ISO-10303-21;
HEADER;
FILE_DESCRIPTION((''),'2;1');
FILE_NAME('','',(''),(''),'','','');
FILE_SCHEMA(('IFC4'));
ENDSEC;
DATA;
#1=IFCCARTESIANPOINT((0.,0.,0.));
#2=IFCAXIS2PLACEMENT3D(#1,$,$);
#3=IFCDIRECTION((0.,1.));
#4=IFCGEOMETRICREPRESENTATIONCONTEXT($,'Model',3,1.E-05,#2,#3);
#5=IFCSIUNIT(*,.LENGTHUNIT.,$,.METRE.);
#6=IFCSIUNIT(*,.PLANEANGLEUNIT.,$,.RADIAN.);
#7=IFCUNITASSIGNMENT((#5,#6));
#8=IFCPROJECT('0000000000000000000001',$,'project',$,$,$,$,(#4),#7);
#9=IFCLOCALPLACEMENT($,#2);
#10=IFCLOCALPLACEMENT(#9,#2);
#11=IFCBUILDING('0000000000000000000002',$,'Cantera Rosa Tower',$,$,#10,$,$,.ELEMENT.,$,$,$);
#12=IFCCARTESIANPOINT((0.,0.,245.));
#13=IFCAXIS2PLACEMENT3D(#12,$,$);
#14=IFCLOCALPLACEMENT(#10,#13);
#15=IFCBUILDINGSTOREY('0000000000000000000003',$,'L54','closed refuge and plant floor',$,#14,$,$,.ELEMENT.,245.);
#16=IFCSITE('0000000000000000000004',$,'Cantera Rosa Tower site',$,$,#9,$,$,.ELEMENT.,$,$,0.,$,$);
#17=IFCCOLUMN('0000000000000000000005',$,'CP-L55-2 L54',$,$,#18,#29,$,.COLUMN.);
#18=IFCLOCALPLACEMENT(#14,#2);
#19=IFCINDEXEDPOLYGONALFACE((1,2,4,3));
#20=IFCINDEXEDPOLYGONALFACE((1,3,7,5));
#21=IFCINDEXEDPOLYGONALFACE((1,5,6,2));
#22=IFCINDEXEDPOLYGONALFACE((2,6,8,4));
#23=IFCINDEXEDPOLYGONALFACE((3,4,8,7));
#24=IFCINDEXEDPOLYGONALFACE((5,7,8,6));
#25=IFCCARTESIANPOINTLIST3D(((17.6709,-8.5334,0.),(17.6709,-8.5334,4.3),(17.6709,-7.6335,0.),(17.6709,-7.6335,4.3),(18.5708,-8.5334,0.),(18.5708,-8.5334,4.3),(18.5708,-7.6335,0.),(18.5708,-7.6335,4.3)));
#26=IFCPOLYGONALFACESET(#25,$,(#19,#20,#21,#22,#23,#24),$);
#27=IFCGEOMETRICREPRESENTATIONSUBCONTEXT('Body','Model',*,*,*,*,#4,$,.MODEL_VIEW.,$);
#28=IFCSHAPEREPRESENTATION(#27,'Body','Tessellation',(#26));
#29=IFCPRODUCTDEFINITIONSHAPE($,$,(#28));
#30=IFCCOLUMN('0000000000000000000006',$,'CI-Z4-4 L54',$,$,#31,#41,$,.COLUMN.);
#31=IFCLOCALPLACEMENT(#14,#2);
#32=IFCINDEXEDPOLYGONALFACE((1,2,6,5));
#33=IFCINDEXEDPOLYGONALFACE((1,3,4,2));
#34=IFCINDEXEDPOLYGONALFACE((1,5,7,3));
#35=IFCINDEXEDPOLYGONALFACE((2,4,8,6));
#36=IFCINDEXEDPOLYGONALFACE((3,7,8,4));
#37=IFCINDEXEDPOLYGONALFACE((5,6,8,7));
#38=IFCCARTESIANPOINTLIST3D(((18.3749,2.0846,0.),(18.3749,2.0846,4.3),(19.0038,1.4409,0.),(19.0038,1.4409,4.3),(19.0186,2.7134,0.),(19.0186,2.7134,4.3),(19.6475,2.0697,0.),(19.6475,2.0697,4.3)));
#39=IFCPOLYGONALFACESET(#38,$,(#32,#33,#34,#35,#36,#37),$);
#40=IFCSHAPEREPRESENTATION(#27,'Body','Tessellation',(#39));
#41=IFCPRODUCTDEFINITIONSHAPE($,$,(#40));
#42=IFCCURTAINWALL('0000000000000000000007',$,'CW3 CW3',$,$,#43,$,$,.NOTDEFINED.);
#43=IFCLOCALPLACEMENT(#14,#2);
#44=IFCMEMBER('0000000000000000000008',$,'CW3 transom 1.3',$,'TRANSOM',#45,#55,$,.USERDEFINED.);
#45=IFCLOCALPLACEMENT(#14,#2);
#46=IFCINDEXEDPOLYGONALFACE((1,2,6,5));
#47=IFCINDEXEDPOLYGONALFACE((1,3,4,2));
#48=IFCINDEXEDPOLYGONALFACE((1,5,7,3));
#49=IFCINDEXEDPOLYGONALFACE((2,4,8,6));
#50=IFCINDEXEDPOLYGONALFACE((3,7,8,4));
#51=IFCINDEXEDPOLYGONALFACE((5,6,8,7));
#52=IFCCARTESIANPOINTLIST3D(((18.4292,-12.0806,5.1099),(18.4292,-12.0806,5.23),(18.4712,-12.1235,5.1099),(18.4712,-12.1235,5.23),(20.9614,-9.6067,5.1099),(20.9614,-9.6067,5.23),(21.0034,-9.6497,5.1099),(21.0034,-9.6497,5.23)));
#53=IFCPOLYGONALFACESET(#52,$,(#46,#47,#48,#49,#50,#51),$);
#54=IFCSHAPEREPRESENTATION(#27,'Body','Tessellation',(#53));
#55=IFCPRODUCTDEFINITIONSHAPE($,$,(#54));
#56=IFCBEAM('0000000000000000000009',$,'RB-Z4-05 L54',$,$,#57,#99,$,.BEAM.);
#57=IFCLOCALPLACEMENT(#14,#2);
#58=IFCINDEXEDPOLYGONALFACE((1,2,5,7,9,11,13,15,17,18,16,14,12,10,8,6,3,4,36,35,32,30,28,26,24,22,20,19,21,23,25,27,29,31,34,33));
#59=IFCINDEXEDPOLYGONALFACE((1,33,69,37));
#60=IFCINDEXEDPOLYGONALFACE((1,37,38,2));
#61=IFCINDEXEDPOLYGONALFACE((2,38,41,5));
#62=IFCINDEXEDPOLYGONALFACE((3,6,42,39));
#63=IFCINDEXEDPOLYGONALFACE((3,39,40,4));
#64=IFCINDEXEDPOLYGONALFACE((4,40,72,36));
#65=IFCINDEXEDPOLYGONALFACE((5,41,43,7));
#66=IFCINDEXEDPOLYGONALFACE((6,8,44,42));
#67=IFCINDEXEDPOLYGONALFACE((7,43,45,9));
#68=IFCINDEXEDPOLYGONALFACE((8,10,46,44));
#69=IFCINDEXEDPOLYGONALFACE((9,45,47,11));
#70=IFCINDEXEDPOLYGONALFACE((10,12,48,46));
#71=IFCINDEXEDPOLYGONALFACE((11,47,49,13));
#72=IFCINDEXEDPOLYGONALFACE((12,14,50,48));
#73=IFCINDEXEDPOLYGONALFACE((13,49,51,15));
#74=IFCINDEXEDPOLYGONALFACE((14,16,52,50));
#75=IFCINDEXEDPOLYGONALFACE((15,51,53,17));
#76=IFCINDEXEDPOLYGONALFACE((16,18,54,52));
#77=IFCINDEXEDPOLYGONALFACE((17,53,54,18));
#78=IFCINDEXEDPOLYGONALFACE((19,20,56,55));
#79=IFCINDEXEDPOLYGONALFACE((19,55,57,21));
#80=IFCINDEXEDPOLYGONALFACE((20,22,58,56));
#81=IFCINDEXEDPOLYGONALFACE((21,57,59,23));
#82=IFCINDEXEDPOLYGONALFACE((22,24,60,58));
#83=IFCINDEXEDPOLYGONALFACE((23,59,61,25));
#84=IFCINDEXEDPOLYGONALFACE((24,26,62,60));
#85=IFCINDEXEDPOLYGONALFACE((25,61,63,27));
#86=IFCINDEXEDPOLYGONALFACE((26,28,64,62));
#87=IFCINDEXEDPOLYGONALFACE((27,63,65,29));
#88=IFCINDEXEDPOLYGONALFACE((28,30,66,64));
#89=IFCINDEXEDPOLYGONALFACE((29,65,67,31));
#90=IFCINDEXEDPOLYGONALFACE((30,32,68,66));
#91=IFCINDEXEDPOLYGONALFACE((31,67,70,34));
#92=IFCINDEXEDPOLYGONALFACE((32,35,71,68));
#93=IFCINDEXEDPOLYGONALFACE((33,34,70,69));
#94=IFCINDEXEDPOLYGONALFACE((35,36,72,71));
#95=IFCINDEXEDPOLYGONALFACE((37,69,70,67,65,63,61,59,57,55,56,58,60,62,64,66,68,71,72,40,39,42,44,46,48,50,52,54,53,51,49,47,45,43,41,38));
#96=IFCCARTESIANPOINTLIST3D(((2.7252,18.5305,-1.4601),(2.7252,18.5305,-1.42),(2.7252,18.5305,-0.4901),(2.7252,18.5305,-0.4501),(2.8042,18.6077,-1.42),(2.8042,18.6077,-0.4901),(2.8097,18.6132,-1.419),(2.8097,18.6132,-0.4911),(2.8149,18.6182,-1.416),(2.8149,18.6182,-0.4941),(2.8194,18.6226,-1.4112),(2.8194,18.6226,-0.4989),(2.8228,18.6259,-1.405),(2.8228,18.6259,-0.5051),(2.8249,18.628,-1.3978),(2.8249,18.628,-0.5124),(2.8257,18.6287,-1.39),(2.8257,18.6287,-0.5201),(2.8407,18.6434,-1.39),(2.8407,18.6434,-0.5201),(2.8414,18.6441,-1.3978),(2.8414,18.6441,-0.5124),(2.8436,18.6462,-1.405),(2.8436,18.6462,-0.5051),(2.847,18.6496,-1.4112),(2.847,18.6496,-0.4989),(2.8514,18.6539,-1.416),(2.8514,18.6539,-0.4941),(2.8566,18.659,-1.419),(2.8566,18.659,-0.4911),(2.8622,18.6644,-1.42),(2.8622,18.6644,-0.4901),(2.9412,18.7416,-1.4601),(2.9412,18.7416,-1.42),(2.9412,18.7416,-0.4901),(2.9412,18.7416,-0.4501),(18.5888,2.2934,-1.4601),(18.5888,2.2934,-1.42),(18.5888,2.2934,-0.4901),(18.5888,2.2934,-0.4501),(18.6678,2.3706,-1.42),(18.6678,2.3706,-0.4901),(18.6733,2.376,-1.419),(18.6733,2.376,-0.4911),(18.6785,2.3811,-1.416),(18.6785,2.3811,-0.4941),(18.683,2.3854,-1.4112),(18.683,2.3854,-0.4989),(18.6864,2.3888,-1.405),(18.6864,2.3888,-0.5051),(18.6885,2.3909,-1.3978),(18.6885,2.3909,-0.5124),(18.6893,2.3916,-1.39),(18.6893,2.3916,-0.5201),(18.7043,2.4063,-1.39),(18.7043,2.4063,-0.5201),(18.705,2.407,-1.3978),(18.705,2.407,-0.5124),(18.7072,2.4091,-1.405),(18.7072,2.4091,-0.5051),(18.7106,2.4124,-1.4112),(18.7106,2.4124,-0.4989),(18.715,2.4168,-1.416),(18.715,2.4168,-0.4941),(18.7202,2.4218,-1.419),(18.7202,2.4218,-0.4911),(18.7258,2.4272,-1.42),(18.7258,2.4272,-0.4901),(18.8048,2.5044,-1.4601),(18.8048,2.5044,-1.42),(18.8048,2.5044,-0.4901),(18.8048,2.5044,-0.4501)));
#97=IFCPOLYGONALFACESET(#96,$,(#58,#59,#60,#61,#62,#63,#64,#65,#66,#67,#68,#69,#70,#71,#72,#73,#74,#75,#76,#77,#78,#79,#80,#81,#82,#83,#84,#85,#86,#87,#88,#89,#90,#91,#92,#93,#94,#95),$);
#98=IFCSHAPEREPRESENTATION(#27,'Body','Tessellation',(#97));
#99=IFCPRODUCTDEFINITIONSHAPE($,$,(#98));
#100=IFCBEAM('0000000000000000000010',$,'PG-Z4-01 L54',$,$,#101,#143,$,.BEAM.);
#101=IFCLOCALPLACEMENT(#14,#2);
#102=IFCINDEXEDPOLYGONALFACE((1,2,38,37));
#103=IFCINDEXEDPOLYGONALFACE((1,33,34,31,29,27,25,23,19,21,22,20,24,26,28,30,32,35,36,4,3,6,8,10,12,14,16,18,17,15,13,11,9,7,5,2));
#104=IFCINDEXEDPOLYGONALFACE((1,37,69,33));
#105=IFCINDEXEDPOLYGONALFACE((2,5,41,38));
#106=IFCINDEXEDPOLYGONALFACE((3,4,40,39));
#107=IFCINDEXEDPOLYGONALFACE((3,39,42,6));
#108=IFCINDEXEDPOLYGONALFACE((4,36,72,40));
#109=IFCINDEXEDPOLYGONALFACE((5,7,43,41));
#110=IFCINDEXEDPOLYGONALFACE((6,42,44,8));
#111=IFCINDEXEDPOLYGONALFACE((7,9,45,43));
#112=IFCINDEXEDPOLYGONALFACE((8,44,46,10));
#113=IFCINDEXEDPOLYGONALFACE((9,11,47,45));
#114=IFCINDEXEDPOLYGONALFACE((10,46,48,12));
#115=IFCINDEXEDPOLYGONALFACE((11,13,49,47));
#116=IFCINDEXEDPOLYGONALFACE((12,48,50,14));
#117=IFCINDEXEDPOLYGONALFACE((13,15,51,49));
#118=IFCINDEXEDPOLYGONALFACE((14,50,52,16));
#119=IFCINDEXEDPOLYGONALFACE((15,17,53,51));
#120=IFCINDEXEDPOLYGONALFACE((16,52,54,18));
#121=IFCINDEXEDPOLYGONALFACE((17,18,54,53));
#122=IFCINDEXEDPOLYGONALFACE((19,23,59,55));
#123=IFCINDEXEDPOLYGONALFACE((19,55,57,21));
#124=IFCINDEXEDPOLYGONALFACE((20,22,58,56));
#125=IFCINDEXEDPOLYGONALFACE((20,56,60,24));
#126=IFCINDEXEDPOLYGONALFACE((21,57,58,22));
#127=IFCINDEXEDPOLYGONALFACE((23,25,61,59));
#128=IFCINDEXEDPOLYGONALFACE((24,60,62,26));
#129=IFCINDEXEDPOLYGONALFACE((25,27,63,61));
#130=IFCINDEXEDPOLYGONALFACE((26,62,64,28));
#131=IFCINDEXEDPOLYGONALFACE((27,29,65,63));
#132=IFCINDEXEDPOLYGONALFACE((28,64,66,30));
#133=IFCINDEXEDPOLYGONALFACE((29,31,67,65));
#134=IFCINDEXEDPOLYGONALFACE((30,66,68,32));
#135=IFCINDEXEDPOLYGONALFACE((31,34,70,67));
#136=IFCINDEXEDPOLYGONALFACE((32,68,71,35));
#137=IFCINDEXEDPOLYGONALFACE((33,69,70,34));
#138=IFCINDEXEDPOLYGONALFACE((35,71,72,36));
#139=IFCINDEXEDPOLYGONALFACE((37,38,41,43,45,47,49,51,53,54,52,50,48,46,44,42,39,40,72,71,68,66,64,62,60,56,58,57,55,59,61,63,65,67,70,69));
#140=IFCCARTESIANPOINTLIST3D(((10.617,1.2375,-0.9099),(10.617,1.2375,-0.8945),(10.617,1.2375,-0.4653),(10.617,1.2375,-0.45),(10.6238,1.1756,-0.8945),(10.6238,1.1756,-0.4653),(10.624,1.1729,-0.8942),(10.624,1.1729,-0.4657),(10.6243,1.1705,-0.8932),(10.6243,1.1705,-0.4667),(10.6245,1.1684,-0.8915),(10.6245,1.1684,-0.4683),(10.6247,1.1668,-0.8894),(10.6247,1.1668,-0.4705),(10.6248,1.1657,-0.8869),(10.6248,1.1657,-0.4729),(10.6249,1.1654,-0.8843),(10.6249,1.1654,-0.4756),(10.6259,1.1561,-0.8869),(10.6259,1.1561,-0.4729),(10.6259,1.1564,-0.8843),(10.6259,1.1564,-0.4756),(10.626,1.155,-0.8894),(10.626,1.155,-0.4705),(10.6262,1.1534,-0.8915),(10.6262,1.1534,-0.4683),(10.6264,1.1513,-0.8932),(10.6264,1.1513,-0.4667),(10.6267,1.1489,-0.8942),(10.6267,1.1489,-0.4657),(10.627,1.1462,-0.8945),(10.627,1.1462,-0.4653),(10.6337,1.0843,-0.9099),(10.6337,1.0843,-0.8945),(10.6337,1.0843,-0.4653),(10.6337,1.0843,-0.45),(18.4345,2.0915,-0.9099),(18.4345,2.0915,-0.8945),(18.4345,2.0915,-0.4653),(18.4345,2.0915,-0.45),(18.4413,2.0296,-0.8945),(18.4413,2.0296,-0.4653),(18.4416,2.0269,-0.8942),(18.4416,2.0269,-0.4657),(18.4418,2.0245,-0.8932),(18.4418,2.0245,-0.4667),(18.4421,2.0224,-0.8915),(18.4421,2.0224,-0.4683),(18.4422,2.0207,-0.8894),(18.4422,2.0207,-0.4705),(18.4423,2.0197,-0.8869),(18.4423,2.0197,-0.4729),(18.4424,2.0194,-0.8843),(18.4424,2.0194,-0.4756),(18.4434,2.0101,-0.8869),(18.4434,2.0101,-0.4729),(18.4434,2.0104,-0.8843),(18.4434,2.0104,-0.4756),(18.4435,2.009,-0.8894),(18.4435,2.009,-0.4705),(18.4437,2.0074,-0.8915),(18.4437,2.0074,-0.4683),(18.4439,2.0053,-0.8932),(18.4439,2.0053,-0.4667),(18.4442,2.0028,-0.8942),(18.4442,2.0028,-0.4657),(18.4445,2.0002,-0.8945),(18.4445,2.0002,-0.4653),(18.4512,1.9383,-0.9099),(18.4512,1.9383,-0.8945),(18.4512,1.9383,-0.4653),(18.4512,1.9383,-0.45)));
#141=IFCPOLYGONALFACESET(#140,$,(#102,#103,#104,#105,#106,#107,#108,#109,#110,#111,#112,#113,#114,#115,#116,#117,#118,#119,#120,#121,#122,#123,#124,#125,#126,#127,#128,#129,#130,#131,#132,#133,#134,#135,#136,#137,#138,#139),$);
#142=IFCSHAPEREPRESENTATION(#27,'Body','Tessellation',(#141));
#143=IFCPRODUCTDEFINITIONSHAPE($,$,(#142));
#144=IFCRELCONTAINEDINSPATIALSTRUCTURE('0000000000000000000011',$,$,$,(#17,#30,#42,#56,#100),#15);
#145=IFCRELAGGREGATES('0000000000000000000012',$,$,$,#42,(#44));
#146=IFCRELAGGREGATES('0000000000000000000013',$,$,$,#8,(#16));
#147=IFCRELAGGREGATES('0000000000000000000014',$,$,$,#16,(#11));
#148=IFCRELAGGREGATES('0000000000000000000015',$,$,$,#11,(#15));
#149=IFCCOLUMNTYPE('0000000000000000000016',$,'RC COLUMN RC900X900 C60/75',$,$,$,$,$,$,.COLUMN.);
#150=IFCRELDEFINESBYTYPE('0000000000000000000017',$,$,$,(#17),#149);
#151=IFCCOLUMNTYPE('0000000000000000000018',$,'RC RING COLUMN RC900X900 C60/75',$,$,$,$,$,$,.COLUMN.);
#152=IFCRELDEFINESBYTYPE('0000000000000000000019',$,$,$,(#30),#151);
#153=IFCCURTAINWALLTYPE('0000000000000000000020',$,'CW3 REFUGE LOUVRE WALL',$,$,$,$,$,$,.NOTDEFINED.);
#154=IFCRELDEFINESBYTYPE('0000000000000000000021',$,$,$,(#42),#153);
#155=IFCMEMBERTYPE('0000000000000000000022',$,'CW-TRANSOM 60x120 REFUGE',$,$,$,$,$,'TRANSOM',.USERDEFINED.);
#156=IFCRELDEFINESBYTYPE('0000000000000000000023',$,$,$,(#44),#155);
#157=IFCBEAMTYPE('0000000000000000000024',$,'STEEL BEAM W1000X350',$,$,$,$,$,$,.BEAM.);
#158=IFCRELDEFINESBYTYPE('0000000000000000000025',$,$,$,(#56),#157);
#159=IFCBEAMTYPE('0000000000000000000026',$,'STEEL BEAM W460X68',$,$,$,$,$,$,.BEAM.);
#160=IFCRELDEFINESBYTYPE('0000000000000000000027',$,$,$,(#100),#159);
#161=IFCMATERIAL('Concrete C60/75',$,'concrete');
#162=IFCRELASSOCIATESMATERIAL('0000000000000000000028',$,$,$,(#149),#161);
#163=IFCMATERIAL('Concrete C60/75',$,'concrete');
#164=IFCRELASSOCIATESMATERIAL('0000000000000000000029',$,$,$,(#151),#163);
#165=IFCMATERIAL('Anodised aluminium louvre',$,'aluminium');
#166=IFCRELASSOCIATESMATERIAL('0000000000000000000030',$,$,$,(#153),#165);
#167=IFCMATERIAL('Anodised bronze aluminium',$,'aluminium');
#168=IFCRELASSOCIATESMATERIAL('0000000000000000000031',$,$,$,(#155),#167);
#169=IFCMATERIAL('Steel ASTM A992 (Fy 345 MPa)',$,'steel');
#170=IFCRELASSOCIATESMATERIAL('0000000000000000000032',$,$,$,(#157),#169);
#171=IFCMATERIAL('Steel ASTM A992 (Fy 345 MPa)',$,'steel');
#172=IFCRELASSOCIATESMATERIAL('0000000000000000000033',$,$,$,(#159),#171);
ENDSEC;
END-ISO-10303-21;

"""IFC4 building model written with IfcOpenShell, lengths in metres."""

from ifc_helpers import new_model, si_unit, direction, frame, origin, origin_2d, place, context, subcontext, project, spatial, rectangle, i_section, extrude, material, material_profile, profile_set, type_object, element, aggregate, save


model = new_model("IFC4")

# Units and contexts
model_context = context("Model", 3, precision=1e-05, world=origin(), true_north=direction((0.0, 1.0)))
body_context = subcontext(model_context, "Body", "Model", "MODEL_VIEW")
ifc_project = project(units=[si_unit("LENGTHUNIT", "METRE"), si_unit("PLANEANGLEUNIT", "RADIAN")], contexts=[model_context])

# Site, building, storey
site_placement = place(None, origin())
site = spatial("IfcSite", under=ifc_project, at=site_placement, Name="Cantera Rosa Tower site", CompositionType="ELEMENT", RefElevation=0.0)
building_placement = place(site_placement, origin())
building = spatial("IfcBuilding", under=site, at=building_placement, Name="Cantera Rosa Tower", CompositionType="ELEMENT")
storey_placement = place(building_placement, frame((0.0, 0.0, 245.0)))
storey = spatial("IfcBuildingStorey", under=building, at=storey_placement, Name="L54", Description="closed refuge and plant floor", CompositionType="ELEMENT", Elevation=245.0)

# Columns
ifc_material_1 = material(Name="Concrete C60/75", Category="concrete")
ifc_material_profile_1 = material_profile(ifc_material_1, rectangle(XDim=0.8999, YDim=0.8999, at=origin_2d()), Name="RC COLUMN RC900X900 C60/75")
ifc_profile_set_1 = profile_set([ifc_material_profile_1], Name="Concrete C60/75")
column_type_1 = type_object("IfcColumnType", Name="RC COLUMN RC900X900 C60/75", PredefinedType="COLUMN", material=ifc_profile_set_1)
column_1_placement = place(storey_placement, frame((18.1208, -8.0835, 0.0), z_axis=(0.0, 0.0, 1.0), x_axis=(1.0, 0.0, 0.0)))
element("IfcColumn", 1, at=column_1_placement, inside=storey, type_object=column_type_1, Name="CP-L55-2 L54", PredefinedType="COLUMN", context=body_context, shape_type="SweptSolid", body=[
    extrude(rectangle(XDim=0.8999, YDim=0.8999, at=origin_2d()), origin(), (0.0, 0.0, 1.0), 4.3),
])
ifc_material_2 = material(Name="Concrete C60/75", Category="concrete")
ifc_material_profile_2 = material_profile(ifc_material_2, rectangle(XDim=0.8999, YDim=0.8999, at=origin_2d()), Name="RC RING COLUMN RC900X900 C60/75")
ifc_profile_set_2 = profile_set([ifc_material_profile_2], Name="Concrete C60/75")
column_type_2 = type_object("IfcColumnType", Name="RC RING COLUMN RC900X900 C60/75", PredefinedType="COLUMN", material=ifc_profile_set_2)
column_2_placement = place(storey_placement, frame((19.0112, 2.0771, 0.0), z_axis=(0.0, 0.0, 1.0), x_axis=(0.715286, 0.698832, 0.0)))
element("IfcColumn", 2, at=column_2_placement, inside=storey, type_object=column_type_2, Name="CI-Z4-4 L54", PredefinedType="COLUMN", context=body_context, shape_type="SweptSolid", body=[
    extrude(rectangle(XDim=0.8999, YDim=0.8999, at=origin_2d()), origin(), (0.0, 0.0, 1.0), 4.3),
])

# Curtain wall, member
ifc_material_3 = material(Name="Anodised aluminium louvre", Category="aluminium")
curtain_wall_type = type_object("IfcCurtainWallType", Name="CW3 REFUGE LOUVRE WALL", PredefinedType="NOTDEFINED", material=ifc_material_3)
curtain_wall_placement = place(storey_placement, origin())
curtain_wall = element("IfcCurtainWall", 3, at=curtain_wall_placement, inside=storey, type_object=curtain_wall_type, Name="CW3 CW3", PredefinedType="NOTDEFINED")
ifc_material_4 = material(Name="Anodised bronze aluminium", Category="aluminium")
ifc_material_profile_3 = material_profile(ifc_material_4, rectangle(XDim=0.0601, YDim=0.1201, at=origin_2d()), Name="CW-TRANSOM 60x120 REFUGE")
ifc_profile_set_3 = profile_set([ifc_material_profile_3], Name="Anodised bronze aluminium")
member_type = type_object("IfcMemberType", Name="CW-TRANSOM 60x120 REFUGE", ElementType="TRANSOM", PredefinedType="USERDEFINED", material=ifc_profile_set_3)
member_placement = place(storey_placement, frame((18.4502, -12.1021, 5.1699), z_axis=(0.7153, 0.698817, 0.0), x_axis=(-0.698817, 0.7153, 0.0)))
member = element("IfcMember", 4, at=member_placement, type_object=member_type, Name="CW3 transom 1.3", ObjectType="TRANSOM", PredefinedType="USERDEFINED", context=body_context, shape_type="SweptSolid", body=[
    extrude(rectangle(XDim=0.0601, YDim=0.1201, at=origin_2d()), origin(), (0.0, 0.0, 1.0), 3.54),
])

# Beams
ifc_material_5 = material(Name="Steel ASTM A992 (Fy 345 MPa)", Category="steel")
ifc_material_profile_4 = material_profile(ifc_material_5, i_section(OverallWidth=0.302, OverallDepth=1.01, WebThickness=0.021, FlangeThickness=0.04, FilletRadius=0.03, at=origin_2d()), Name="W1000X350")
ifc_profile_set_4 = profile_set([ifc_material_profile_4], Name="Steel ASTM A992 (Fy 345 MPa)")
beam_type_1 = type_object("IfcBeamType", Name="STEEL BEAM W1000X350", PredefinedType="BEAM", material=ifc_profile_set_4)
beam_1_placement = place(storey_placement, frame((18.6968, 2.3989, -0.9551), z_axis=(-0.698831, 0.715287, 0.0), x_axis=(-0.715287, -0.698831, 0.0)))
element("IfcBeam", 5, at=beam_1_placement, inside=storey, type_object=beam_type_1, Name="RB-Z4-05 L54", PredefinedType="BEAM", context=body_context, shape_type="SweptSolid", body=[
    extrude(i_section(OverallWidth=0.302, OverallDepth=1.01, WebThickness=0.021, FlangeThickness=0.04, FilletRadius=0.03, at=origin_2d()), origin(), (0.0, 0.0, 1.0), 22.7002),
])
ifc_material_6 = material(Name="Steel ASTM A992 (Fy 345 MPa)", Category="steel")
ifc_material_profile_5 = material_profile(ifc_material_6, i_section(OverallWidth=0.1541, OverallDepth=0.46, WebThickness=0.009, FlangeThickness=0.0154, FilletRadius=0.0103, at=origin_2d()), Name="W460X68")
ifc_profile_set_5 = profile_set([ifc_material_profile_5], Name="Steel ASTM A992 (Fy 345 MPa)")
beam_type_2 = type_object("IfcBeamType", Name="STEEL BEAM W460X68", PredefinedType="BEAM", material=ifc_profile_set_5)
beam_2_placement = place(storey_placement, frame((18.4429, 2.0149, -0.6799), z_axis=(-0.994086, -0.108595, 0.0), x_axis=(0.108595, -0.994086, 0.0)))
element("IfcBeam", 6, at=beam_2_placement, inside=storey, type_object=beam_type_2, Name="PG-Z4-01 L54", PredefinedType="BEAM", context=body_context, shape_type="SweptSolid", body=[
    extrude(i_section(OverallWidth=0.1541, OverallDepth=0.46, WebThickness=0.009, FlangeThickness=0.0154, FilletRadius=0.0103, at=origin_2d()), origin(), (0.0, 0.0, 1.0), 7.864),
])

aggregate(curtain_wall, [member])

save(model, "model.ifc")
